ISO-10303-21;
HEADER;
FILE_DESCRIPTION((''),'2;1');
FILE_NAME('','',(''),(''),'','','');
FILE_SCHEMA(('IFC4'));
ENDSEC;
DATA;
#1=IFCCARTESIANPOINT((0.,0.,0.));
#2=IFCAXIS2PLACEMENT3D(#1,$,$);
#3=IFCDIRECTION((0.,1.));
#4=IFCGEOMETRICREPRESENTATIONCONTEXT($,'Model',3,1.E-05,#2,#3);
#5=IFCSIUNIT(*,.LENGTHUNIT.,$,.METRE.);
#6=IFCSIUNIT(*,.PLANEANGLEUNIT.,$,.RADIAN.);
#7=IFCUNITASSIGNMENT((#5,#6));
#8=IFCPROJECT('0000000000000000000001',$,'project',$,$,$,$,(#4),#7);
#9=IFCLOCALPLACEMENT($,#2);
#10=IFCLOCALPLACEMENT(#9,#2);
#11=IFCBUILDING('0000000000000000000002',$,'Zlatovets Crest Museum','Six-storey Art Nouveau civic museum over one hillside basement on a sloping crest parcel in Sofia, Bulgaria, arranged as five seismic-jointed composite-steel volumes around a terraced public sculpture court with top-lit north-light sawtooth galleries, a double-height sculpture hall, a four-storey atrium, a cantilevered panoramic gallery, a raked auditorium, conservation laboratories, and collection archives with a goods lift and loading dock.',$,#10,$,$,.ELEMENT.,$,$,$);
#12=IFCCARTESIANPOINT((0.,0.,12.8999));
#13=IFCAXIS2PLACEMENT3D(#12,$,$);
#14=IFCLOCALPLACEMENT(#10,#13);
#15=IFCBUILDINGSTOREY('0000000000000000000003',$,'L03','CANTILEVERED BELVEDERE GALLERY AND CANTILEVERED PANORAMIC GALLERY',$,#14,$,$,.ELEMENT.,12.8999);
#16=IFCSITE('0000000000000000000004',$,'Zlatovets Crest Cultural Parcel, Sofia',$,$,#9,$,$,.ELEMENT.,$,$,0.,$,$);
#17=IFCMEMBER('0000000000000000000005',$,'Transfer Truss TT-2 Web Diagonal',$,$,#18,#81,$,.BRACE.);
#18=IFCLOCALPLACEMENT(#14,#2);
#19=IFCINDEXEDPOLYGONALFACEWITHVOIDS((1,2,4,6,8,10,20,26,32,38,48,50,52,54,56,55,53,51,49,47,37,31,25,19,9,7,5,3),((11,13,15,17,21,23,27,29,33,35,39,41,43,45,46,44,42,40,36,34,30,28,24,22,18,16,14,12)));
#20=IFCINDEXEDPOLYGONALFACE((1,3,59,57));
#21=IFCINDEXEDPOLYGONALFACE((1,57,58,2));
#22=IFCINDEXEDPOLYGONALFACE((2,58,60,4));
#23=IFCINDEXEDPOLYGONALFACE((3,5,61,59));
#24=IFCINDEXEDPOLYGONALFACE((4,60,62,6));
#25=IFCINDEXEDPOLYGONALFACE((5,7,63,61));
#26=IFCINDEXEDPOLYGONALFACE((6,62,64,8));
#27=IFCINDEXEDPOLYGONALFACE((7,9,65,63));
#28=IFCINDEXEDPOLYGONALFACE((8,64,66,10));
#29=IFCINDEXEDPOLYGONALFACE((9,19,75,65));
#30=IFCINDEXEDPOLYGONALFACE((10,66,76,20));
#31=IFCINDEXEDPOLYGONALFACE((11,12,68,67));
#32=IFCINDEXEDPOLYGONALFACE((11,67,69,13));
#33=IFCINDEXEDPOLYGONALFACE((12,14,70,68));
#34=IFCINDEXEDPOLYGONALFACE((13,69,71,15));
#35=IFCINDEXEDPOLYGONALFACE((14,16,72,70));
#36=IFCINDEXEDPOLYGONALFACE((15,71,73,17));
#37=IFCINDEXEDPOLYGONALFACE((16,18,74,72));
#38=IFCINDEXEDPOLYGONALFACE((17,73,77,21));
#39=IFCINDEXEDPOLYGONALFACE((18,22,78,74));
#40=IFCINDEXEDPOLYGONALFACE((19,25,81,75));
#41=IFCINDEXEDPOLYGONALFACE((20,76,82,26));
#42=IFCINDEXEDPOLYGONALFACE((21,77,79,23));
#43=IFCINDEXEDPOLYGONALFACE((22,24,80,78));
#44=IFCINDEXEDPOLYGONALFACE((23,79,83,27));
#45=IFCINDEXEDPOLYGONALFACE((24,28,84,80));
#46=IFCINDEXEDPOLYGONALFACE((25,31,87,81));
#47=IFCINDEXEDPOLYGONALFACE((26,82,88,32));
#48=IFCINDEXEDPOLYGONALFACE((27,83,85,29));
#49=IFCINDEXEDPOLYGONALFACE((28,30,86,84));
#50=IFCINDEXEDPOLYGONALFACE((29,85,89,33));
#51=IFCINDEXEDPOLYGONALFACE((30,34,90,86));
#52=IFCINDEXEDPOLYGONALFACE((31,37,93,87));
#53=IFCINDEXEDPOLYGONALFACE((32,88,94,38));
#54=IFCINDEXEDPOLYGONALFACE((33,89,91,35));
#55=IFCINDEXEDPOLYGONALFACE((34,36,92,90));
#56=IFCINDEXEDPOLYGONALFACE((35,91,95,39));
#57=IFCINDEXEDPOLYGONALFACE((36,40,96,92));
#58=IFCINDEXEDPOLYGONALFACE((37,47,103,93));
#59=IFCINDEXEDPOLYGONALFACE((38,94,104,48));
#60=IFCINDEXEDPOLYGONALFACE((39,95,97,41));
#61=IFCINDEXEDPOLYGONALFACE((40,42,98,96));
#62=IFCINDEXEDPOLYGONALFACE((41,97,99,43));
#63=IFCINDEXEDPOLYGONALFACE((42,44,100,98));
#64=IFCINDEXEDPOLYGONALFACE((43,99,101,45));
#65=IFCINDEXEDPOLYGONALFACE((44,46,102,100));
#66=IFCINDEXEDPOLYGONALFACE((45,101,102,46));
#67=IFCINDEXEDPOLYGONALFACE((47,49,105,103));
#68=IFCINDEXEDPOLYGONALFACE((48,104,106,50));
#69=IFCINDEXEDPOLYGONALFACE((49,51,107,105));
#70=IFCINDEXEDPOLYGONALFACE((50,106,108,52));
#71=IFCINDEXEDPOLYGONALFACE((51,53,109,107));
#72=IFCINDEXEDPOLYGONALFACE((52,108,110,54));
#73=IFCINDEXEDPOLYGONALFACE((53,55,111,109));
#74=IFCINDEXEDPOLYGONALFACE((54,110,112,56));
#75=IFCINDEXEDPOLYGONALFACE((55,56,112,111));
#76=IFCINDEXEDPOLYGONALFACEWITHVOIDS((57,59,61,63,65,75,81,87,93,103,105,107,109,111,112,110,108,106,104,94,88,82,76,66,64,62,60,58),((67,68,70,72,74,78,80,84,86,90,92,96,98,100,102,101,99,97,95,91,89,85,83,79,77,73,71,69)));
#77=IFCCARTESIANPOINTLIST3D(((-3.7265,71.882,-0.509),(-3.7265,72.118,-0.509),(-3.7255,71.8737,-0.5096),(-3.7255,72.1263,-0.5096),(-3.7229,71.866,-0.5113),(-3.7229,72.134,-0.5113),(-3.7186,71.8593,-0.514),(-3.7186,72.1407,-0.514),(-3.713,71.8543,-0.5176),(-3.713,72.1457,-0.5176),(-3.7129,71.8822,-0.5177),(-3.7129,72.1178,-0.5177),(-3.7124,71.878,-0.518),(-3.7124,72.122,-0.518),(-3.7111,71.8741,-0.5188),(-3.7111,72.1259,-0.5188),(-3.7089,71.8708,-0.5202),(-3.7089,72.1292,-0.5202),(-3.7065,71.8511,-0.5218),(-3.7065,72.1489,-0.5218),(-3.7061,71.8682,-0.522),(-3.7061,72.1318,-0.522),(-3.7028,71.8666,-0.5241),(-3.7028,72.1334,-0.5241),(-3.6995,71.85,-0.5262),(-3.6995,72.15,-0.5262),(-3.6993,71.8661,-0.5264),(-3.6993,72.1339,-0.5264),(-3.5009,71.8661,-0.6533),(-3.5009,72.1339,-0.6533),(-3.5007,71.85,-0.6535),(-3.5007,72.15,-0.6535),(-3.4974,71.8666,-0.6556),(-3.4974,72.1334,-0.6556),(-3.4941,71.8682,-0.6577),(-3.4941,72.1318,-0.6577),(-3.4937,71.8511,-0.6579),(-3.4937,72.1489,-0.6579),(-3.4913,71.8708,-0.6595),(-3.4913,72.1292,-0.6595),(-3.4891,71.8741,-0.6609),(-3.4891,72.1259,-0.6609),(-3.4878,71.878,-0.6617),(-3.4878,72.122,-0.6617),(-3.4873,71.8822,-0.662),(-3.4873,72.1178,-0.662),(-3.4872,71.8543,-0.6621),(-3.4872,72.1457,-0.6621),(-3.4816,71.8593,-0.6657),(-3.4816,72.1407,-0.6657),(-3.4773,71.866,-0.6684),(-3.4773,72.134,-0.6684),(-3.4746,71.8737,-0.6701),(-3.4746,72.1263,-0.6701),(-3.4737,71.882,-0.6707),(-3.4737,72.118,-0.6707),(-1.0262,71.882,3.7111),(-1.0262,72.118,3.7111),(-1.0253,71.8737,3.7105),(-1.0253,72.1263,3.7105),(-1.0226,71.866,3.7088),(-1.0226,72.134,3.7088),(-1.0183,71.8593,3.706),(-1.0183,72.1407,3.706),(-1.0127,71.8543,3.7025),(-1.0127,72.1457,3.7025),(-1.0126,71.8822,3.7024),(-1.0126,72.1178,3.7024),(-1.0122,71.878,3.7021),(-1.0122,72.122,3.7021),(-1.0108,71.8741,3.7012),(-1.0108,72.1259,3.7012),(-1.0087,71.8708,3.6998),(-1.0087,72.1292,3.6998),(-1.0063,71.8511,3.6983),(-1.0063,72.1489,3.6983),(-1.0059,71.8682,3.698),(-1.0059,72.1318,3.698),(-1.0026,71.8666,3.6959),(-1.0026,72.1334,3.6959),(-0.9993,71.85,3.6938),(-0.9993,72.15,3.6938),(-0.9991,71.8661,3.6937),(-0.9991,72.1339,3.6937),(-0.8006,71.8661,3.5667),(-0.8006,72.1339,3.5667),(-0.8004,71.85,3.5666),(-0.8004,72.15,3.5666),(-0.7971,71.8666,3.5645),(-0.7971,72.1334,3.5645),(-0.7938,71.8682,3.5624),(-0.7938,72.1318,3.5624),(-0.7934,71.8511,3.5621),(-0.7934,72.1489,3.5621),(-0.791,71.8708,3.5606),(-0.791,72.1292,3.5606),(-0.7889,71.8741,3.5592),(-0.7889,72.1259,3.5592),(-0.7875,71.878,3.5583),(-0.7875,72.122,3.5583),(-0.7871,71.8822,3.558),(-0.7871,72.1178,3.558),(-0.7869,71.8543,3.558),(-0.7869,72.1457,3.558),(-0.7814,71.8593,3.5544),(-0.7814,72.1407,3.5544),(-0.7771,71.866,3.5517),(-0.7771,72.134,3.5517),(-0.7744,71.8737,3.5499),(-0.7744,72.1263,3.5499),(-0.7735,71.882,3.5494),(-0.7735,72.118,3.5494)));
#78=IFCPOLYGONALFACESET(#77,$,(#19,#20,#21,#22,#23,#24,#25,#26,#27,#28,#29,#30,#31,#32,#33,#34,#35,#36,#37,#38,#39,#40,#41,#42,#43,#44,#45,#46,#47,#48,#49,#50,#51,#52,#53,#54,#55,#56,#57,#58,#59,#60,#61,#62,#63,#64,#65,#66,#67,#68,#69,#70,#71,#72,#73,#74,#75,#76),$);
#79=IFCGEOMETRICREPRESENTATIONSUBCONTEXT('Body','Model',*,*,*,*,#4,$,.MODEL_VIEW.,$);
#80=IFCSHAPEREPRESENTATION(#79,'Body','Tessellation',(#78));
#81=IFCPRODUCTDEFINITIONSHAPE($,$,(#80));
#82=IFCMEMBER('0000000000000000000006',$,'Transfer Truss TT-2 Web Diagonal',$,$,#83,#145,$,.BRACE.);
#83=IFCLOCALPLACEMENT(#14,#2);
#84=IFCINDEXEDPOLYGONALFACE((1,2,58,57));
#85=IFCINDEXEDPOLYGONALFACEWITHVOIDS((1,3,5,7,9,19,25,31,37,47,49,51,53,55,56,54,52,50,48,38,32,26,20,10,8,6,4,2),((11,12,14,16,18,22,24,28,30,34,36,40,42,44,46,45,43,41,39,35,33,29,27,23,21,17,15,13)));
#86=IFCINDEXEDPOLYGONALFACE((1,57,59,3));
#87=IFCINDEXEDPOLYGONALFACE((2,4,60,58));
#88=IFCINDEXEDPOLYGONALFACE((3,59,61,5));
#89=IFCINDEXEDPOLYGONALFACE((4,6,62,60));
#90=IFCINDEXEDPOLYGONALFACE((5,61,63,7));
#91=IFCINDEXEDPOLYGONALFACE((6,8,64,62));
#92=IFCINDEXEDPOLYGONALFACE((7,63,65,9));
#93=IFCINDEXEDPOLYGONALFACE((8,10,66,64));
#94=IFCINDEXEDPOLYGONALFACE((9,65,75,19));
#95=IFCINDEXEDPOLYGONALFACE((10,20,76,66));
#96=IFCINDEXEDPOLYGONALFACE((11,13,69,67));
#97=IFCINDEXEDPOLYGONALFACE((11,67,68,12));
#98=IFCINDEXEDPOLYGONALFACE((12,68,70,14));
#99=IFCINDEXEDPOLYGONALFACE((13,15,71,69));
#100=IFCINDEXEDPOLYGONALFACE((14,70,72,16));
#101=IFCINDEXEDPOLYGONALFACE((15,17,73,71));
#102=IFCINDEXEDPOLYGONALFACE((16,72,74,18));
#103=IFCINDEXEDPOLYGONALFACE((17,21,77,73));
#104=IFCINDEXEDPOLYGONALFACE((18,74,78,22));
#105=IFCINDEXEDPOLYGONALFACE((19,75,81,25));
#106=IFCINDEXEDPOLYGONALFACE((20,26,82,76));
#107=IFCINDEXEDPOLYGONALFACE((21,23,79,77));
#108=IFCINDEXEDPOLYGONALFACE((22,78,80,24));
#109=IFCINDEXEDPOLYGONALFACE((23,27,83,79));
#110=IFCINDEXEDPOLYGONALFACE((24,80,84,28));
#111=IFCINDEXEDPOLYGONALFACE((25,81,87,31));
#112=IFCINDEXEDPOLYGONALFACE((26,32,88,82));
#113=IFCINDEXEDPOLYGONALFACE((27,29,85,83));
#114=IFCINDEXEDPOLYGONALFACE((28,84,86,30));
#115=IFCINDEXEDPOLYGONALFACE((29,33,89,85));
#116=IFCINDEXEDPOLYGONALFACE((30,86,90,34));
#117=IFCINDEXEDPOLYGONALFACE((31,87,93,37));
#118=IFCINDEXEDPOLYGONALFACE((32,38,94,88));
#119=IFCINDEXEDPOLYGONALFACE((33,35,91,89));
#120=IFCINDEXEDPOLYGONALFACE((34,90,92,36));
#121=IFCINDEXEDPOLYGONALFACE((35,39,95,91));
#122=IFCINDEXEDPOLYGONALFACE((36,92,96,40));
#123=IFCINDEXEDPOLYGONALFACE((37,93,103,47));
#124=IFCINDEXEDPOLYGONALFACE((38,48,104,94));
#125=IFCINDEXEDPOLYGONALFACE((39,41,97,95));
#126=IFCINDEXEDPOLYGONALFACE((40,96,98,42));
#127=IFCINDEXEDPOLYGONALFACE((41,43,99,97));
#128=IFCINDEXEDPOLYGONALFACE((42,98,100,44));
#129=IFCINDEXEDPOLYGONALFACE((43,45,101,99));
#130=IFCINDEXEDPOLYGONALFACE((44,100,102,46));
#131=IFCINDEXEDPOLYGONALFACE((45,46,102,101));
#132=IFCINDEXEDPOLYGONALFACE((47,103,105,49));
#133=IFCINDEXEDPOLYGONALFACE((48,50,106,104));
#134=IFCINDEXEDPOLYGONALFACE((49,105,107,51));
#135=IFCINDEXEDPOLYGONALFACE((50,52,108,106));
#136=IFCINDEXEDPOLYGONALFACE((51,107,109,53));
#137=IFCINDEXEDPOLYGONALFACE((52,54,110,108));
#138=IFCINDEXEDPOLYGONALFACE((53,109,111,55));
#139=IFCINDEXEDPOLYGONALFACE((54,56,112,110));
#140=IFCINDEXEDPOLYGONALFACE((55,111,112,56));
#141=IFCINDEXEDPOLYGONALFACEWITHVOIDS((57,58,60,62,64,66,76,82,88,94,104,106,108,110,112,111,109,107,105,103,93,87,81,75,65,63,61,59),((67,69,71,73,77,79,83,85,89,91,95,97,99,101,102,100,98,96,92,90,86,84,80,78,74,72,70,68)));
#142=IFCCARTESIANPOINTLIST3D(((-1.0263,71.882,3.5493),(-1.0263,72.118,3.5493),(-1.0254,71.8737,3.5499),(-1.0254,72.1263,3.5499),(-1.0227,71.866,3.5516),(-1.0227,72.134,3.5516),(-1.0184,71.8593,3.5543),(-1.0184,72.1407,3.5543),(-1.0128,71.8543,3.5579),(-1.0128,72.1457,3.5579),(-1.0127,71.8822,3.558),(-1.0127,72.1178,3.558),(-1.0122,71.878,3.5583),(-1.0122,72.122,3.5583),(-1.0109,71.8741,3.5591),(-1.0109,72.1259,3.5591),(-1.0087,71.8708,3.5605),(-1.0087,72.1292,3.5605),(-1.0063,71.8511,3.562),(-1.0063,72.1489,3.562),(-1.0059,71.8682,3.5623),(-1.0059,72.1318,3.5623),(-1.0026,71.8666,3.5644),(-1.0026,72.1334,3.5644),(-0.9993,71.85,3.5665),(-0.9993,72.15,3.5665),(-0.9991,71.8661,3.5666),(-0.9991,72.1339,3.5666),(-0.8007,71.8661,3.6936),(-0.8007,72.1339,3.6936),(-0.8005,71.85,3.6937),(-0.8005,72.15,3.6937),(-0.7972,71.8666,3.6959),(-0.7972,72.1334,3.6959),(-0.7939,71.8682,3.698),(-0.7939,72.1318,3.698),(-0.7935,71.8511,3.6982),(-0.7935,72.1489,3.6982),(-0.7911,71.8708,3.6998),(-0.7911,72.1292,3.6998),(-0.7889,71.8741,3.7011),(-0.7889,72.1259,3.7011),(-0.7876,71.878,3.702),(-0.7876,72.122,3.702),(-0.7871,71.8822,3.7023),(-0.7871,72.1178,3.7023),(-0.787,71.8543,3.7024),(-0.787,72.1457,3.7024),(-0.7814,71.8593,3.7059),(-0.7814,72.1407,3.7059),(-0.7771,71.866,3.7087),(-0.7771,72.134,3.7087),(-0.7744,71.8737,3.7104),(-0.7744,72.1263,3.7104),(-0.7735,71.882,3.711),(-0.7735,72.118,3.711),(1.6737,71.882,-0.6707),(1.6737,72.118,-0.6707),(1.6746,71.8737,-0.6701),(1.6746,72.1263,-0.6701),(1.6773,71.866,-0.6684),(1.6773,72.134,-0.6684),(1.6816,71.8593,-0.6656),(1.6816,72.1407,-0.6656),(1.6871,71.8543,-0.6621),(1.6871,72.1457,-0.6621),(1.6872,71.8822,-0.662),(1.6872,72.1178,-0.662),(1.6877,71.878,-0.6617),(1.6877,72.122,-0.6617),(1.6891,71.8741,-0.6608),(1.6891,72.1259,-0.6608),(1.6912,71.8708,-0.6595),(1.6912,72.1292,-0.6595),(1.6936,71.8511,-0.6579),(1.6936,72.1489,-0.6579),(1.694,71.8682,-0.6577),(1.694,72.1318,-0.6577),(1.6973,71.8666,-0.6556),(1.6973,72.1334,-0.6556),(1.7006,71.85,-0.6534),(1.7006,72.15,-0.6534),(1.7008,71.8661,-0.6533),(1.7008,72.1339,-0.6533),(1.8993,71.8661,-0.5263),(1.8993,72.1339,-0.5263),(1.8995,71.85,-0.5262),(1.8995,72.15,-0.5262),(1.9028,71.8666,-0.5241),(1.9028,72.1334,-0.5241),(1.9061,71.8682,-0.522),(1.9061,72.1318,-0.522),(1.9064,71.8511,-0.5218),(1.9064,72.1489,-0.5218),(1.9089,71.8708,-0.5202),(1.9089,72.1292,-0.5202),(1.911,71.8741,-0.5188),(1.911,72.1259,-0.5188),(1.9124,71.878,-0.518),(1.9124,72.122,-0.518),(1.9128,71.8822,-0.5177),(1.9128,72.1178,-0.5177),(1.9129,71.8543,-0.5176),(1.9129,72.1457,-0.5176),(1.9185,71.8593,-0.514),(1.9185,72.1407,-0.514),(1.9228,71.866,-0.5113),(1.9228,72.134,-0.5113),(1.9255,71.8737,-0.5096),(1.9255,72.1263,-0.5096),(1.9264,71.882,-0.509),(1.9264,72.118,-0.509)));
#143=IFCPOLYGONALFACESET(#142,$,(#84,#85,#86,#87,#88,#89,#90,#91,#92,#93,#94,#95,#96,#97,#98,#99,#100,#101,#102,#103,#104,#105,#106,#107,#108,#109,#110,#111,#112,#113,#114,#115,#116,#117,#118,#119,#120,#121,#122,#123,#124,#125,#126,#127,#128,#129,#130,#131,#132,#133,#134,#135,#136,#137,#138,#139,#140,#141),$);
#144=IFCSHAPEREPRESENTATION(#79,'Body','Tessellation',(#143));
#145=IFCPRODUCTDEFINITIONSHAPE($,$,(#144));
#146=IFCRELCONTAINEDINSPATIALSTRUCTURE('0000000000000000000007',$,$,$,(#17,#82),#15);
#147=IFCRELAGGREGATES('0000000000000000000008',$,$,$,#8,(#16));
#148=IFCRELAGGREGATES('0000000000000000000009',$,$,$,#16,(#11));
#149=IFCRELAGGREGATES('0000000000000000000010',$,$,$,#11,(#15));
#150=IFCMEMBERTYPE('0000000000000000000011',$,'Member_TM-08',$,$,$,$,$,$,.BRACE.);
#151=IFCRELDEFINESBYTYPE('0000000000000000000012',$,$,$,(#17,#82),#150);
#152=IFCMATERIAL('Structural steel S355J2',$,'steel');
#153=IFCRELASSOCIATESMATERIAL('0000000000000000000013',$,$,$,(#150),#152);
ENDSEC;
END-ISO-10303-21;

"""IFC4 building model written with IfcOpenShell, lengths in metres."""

from ifc_helpers import new_model, si_unit, direction, frame, origin, origin_2d, place, context, subcontext, project, spatial, hollow_rectangle, extrude, material, material_profile, profile_set, type_object, element, save


model = new_model("IFC4")

# Units and contexts
model_context = context("Model", 3, precision=1e-05, world=origin(), true_north=direction((0.0, 1.0)))
body_context = subcontext(model_context, "Body", "Model", "MODEL_VIEW")
ifc_project = project(units=[si_unit("LENGTHUNIT", "METRE"), si_unit("PLANEANGLEUNIT", "RADIAN")], contexts=[model_context])

# Site, building, storey
site_placement = place(None, origin())
site = spatial("IfcSite", under=ifc_project, at=site_placement, Name="Zlatovets Crest Cultural Parcel, Sofia", CompositionType="ELEMENT", RefElevation=0.0)
building_placement = place(site_placement, origin())
building = spatial("IfcBuilding", under=site, at=building_placement, Name="Zlatovets Crest Museum", Description="Six-storey Art Nouveau civic museum over one hillside basement on a sloping crest parcel in Sofia, Bulgaria, arranged as five seismic-jointed composite-steel volumes around a terraced public sculpture court with top-lit north-light sawtooth galleries, a double-height sculpture hall, a four-storey atrium, a cantilevered panoramic gallery, a raked auditorium, conservation laboratories, and collection archives with a goods lift and loading dock.", CompositionType="ELEMENT")
storey_placement = place(building_placement, frame((0.0, 0.0, 12.8999)))
storey = spatial("IfcBuildingStorey", under=building, at=storey_placement, Name="L03", Description="CANTILEVERED BELVEDERE GALLERY AND CANTILEVERED PANORAMIC GALLERY", CompositionType="ELEMENT", Elevation=12.8999)

# Shared definitions
ifc_material_1 = material(Name="Structural steel S355J2", Category="steel")

# Members
ifc_material_profile_1 = material_profile(ifc_material_1, hollow_rectangle(XDim=0.3, YDim=0.3, WallThickness=0.0161, InnerFilletRadius=0.0161, OuterFilletRadius=0.032, at=origin_2d()), Name="SHS 300x300x16.0")
ifc_profile_set_1 = profile_set([ifc_material_profile_1], Name="Structural steel S355J2")
member_type_1 = type_object("IfcMemberType", Name="Member_TM-08", PredefinedType="BRACE", material=ifc_profile_set_1)
member_1_placement = place(storey_placement, frame((-3.6001, 72.0, -0.5898), z_axis=(0.538971, 0.0, 0.842324), x_axis=(0.0, 1.0, 0.0)))
element("IfcMember", 1, at=member_1_placement, inside=storey, type_object=member_type_1, Name="Transfer Truss TT-2 Web Diagonal", PredefinedType="BRACE", context=body_context, shape_type="SweptSolid", body=[
    extrude(hollow_rectangle(XDim=0.3, YDim=0.3, WallThickness=0.0161, InnerFilletRadius=0.0161, OuterFilletRadius=0.032, at=origin_2d()), origin(), (0.0, 0.0, 1.0), 5.01),
])
for number, where, z_axis, x_axis, name in (
    (2, (-0.8999, 72.0, 3.6301), (0.538936, 0.0, -0.842347), (0.0, 1.0, 0.0), "Transfer Truss TT-2 Web Diagonal"),
):
    element("IfcMember", number, at=place(storey_placement, frame(where, z_axis=z_axis, x_axis=x_axis)), inside=storey, type_object=member_type_1, Name=name, PredefinedType="BRACE", context=body_context, shape_type="SweptSolid", body=[
        extrude(hollow_rectangle(XDim=0.3, YDim=0.3, WallThickness=0.0161, InnerFilletRadius=0.0161, OuterFilletRadius=0.032, at=origin_2d()), origin(), (0.0, 0.0, 1.0), 5.0098),
    ])

save(model, "model.ifc")
